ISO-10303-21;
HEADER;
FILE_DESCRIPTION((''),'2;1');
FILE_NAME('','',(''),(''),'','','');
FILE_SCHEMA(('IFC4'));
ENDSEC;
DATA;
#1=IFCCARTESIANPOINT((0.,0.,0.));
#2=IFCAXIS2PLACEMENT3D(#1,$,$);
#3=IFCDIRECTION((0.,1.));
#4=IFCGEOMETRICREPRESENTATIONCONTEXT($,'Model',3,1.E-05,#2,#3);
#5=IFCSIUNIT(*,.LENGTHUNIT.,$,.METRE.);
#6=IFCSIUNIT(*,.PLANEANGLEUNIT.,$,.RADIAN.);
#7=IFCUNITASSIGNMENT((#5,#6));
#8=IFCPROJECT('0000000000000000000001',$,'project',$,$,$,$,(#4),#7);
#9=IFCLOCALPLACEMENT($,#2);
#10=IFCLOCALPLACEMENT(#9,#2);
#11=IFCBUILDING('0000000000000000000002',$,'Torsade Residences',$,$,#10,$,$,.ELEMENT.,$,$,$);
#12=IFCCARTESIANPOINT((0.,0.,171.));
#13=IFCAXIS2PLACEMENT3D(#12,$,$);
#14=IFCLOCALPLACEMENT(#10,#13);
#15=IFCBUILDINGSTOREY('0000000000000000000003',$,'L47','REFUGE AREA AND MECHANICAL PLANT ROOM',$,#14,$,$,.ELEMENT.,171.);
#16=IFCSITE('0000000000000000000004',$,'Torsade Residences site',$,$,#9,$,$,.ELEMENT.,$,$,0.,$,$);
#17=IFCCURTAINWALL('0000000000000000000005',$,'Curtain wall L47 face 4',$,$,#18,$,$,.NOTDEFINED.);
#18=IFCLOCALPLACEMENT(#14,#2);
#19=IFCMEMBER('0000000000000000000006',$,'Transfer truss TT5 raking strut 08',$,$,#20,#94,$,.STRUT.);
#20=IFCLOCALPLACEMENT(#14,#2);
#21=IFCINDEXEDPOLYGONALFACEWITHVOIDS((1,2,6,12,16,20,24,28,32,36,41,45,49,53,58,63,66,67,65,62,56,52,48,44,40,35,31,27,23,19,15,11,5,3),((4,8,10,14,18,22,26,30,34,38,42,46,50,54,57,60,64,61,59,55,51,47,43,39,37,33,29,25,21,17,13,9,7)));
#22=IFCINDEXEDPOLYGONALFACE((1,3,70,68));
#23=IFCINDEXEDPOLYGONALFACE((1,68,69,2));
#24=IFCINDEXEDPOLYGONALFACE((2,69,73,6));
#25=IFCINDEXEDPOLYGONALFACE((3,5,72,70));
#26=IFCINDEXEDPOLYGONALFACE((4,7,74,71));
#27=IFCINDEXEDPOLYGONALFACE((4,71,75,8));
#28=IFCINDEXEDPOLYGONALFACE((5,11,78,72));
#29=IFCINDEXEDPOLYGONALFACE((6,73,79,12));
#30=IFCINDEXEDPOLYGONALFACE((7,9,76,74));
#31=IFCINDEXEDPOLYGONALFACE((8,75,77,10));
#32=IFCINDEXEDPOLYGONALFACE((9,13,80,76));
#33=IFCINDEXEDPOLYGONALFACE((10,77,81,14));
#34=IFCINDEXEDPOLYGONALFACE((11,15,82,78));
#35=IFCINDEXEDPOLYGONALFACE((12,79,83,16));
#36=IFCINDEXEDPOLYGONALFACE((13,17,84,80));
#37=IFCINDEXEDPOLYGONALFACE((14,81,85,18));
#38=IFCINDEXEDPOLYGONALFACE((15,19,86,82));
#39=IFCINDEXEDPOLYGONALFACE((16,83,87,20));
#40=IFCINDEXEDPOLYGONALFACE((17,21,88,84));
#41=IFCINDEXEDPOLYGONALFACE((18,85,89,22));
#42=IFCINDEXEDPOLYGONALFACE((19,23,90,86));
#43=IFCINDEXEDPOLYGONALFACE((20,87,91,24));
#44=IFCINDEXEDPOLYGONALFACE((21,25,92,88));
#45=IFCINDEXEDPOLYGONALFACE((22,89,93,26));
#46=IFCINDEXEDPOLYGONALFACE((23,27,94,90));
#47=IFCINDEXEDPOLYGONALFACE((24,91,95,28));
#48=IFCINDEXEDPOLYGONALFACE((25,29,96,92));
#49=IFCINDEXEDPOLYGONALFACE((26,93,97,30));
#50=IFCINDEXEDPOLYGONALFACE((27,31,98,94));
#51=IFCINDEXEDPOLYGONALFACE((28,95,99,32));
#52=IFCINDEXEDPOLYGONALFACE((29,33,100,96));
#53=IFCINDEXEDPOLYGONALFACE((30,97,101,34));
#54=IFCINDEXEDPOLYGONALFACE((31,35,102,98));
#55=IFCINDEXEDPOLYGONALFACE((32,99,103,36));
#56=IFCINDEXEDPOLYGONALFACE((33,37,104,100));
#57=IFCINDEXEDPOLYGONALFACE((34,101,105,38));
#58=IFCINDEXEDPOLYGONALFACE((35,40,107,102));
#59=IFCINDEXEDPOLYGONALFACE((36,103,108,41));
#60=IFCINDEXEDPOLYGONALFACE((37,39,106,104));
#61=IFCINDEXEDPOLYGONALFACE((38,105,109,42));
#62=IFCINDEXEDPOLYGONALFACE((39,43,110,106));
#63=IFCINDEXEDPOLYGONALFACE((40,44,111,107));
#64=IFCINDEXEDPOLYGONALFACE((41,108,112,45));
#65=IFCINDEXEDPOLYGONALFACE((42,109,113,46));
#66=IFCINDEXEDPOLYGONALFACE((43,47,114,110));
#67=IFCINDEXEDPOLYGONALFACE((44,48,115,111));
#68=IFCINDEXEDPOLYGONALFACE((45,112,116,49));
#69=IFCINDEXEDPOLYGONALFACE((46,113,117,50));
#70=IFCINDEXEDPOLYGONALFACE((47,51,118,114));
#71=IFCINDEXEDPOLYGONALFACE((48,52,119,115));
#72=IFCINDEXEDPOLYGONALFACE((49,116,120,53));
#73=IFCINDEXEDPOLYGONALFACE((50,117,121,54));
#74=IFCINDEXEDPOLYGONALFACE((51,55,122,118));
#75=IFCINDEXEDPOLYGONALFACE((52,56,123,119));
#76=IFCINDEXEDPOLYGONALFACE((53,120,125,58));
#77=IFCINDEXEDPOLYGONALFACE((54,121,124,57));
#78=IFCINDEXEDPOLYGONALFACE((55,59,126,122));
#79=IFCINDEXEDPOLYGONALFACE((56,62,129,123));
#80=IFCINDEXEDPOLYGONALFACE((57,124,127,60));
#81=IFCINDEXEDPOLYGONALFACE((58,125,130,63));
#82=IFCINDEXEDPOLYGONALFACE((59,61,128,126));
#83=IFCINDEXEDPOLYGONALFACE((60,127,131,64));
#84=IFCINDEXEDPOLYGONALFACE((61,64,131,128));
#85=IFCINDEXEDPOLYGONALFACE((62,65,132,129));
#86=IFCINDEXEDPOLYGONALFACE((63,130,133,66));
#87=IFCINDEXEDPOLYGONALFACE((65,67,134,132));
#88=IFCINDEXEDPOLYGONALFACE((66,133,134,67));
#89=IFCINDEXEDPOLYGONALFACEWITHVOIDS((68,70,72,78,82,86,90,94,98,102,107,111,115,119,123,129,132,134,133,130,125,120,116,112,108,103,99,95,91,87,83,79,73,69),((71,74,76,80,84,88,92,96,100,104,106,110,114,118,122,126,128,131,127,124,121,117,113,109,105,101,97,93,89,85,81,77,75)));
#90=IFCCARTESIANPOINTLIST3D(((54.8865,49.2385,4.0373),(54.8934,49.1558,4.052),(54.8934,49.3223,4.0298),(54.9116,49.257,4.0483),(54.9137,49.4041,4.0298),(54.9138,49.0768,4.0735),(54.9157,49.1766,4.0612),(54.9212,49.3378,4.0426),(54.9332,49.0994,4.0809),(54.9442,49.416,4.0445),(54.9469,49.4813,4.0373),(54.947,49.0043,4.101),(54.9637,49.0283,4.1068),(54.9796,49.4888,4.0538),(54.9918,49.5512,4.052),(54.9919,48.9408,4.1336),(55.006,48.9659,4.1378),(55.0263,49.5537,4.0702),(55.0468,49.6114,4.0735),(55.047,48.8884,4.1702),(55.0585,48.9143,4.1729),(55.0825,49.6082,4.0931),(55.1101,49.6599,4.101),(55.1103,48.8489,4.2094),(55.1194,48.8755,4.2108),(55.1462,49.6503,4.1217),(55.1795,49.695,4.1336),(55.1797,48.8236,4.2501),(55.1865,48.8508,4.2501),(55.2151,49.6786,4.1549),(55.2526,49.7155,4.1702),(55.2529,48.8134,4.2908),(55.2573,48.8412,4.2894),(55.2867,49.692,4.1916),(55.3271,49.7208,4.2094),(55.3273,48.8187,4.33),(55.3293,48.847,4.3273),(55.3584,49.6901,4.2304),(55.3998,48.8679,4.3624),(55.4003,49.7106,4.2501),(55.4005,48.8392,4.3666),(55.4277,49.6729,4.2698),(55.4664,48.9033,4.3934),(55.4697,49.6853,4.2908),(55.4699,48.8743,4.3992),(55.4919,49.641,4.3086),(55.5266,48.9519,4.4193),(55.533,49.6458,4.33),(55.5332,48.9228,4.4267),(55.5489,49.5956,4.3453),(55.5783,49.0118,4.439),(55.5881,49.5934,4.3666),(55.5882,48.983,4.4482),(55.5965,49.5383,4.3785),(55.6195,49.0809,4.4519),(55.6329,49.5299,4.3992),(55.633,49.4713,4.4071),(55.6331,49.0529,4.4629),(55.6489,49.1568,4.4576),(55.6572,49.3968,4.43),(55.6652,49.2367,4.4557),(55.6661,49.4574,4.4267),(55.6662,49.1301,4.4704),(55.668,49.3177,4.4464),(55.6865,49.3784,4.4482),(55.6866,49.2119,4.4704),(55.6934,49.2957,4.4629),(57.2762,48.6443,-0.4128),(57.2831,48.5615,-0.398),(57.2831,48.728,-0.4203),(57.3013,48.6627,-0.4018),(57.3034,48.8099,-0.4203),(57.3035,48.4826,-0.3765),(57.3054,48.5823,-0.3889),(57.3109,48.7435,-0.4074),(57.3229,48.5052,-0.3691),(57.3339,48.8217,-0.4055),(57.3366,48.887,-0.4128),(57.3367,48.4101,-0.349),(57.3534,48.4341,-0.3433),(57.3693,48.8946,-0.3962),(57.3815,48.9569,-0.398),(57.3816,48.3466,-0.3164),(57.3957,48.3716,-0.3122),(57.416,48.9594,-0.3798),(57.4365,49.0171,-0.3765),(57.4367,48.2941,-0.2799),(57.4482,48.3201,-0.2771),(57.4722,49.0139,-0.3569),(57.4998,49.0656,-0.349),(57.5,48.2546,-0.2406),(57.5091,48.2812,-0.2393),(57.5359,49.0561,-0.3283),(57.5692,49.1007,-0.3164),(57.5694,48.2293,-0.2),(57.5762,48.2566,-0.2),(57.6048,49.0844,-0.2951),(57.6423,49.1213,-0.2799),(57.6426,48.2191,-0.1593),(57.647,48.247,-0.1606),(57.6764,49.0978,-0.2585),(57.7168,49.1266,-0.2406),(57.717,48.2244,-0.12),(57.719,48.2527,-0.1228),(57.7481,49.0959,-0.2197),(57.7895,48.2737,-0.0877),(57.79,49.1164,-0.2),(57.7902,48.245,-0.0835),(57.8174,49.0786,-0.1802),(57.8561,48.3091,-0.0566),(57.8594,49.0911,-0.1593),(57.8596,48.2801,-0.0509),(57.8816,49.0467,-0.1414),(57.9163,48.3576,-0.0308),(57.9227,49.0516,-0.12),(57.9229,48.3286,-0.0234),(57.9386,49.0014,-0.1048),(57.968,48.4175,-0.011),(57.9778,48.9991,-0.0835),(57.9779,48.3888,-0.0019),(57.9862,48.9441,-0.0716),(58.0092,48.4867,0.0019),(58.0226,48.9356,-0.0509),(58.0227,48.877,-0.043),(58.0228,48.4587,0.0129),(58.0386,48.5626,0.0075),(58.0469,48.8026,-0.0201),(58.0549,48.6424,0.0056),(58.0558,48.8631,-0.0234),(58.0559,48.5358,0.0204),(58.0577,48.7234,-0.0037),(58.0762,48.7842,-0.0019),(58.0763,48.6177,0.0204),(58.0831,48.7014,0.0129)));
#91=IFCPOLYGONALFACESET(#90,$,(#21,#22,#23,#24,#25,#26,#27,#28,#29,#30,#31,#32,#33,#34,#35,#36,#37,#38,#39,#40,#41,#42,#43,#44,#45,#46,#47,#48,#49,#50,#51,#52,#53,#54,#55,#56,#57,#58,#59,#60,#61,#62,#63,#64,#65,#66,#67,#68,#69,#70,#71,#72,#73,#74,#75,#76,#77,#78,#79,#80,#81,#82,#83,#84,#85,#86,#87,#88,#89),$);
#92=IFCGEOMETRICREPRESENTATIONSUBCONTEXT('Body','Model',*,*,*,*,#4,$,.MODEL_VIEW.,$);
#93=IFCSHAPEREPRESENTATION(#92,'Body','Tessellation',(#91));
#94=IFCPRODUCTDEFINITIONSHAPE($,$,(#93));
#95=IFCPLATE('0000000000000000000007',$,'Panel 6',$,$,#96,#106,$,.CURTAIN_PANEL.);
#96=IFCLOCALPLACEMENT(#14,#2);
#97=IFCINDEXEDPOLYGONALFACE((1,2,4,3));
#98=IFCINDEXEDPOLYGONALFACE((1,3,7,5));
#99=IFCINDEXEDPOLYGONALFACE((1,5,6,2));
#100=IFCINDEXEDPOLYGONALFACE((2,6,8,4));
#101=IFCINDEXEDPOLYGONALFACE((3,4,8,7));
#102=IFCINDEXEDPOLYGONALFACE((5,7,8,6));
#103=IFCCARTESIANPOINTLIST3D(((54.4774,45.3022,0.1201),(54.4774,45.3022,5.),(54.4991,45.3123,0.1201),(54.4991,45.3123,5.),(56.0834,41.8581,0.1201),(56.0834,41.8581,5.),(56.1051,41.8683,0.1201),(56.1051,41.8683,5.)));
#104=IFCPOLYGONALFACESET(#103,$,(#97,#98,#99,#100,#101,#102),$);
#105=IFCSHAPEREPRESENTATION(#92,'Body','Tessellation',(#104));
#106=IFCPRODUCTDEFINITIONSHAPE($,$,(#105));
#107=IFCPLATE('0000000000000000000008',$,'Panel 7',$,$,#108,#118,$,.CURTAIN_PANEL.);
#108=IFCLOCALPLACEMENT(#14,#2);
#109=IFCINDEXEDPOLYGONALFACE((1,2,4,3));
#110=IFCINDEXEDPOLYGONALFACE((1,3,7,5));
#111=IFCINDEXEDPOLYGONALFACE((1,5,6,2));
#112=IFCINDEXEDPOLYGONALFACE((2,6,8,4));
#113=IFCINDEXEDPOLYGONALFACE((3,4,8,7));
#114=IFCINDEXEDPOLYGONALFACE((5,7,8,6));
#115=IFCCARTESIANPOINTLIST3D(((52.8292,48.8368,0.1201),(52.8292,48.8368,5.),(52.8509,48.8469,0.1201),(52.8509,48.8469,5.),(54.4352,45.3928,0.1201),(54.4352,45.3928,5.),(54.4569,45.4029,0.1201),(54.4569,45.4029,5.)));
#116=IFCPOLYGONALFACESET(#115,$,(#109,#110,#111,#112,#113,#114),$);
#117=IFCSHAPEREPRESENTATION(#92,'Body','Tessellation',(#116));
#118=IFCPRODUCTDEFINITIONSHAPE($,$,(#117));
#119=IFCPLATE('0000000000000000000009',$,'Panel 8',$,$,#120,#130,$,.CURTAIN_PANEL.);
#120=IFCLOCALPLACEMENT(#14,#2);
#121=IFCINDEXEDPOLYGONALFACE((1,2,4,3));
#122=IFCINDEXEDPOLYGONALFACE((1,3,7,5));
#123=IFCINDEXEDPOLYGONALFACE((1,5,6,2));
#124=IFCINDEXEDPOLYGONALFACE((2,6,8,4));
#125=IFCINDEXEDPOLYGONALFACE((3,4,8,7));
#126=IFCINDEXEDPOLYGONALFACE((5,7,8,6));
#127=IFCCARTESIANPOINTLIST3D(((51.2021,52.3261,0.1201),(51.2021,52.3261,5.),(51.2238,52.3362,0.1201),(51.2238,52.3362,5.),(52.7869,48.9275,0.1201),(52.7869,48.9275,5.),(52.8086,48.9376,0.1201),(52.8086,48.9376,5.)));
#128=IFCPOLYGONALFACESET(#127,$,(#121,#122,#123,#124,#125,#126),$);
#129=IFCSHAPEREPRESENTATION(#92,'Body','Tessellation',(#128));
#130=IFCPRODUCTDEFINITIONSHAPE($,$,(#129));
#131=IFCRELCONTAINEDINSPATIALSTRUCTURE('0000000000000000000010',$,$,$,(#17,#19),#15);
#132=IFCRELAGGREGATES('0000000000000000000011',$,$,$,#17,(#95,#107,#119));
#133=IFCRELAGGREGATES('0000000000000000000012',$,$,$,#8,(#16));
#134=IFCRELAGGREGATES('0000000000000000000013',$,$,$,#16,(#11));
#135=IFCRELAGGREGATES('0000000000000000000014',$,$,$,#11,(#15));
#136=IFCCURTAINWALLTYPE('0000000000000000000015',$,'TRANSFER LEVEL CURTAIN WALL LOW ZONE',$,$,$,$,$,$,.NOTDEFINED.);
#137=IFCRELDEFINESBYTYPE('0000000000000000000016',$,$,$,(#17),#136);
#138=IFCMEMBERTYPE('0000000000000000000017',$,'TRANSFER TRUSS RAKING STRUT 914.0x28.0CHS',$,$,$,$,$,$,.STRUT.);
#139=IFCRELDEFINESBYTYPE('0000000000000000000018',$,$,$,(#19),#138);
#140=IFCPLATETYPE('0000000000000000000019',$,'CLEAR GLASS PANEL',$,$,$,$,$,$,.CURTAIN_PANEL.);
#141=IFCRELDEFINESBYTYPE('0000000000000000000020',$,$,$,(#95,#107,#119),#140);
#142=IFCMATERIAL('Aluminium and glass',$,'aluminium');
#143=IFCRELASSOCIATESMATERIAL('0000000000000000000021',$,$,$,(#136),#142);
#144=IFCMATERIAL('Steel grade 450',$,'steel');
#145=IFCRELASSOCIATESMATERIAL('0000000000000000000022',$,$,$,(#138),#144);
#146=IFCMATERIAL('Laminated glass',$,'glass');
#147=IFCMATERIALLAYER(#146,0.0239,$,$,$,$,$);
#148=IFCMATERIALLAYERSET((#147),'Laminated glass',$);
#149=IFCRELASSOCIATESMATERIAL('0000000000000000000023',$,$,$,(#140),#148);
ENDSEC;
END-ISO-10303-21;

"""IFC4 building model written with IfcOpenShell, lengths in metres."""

from ifc_helpers import new_model, si_unit, direction, frame, origin, origin_2d, place, context, subcontext, project, spatial, rectangle, hollow_circle, extrude, material, layer, layer_set, material_profile, profile_set, type_object, element, aggregate, save


model = new_model("IFC4")

# Units and contexts
model_context = context("Model", 3, precision=1e-05, world=origin(), true_north=direction((0.0, 1.0)))
body_context = subcontext(model_context, "Body", "Model", "MODEL_VIEW")
ifc_project = project(units=[si_unit("LENGTHUNIT", "METRE"), si_unit("PLANEANGLEUNIT", "RADIAN")], contexts=[model_context])

# Site, building, storey
site_placement = place(None, origin())
site = spatial("IfcSite", under=ifc_project, at=site_placement, Name="Torsade Residences site", CompositionType="ELEMENT", RefElevation=0.0)
building_placement = place(site_placement, origin())
building = spatial("IfcBuilding", under=site, at=building_placement, Name="Torsade Residences", CompositionType="ELEMENT")
storey_placement = place(building_placement, frame((0.0, 0.0, 171.0)))
storey = spatial("IfcBuildingStorey", under=building, at=storey_placement, Name="L47", Description="REFUGE AREA AND MECHANICAL PLANT ROOM", CompositionType="ELEMENT", Elevation=171.0)

# Curtain wall
ifc_material_1 = material(Name="Aluminium and glass", Category="aluminium")
curtain_wall_type = type_object("IfcCurtainWallType", Name="TRANSFER LEVEL CURTAIN WALL LOW ZONE", PredefinedType="NOTDEFINED", material=ifc_material_1)
curtain_wall_1_placement = place(storey_placement, origin())
curtain_wall_1 = element("IfcCurtainWall", 1, at=curtain_wall_1_placement, inside=storey, type_object=curtain_wall_type, Name="Curtain wall L47 face 4", PredefinedType="NOTDEFINED")

# Member
ifc_material_2 = material(Name="Steel grade 450", Category="steel")
ifc_material_profile_1 = material_profile(ifc_material_2, hollow_circle(Radius=0.457, WallThickness=0.0281, at=origin_2d()), Name="914.0x28.0CHS")
ifc_profile_set_1 = profile_set([ifc_material_profile_1], Name="Steel grade 450")
member_type_1 = type_object("IfcMemberType", Name="TRANSFER TRUSS RAKING STRUT 914.0x28.0CHS", PredefinedType="STRUT", material=ifc_profile_set_1)
member_1_placement = place(storey_placement, frame((57.6797, 48.6729, -0.2), z_axis=(-0.469865, 0.116842, 0.874972), x_axis=(-0.241322, -0.970445, 0.0)))
element("IfcMember", 2, at=member_1_placement, inside=storey, type_object=member_type_1, Name="Transfer truss TT5 raking strut 08", PredefinedType="STRUT", context=body_context, shape_type="SweptSolid", body=[
    extrude(hollow_circle(Radius=0.457, WallThickness=0.0281, at=origin_2d()), origin(), (0.0, 0.0, 1.0), 5.0859),
])

# Plates
ifc_material_3 = material(Name="Laminated glass", Category="glass")
ifc_layer_1 = layer(ifc_material_3, 0.0239)
ifc_layer_set_1 = layer_set([ifc_layer_1], Name="Laminated glass")
plate_type = type_object("IfcPlateType", Name="CLEAR GLASS PANEL", PredefinedType="CURTAIN_PANEL", material=ifc_layer_set_1)
plate_1_placement = place(storey_placement, frame((55.2913, 43.5852, 0.1201), z_axis=(0.0, 0.0, 1.0), x_axis=(-0.422618, 0.906308, 0.0)))
plate_1 = element("IfcPlate", 3, at=plate_1_placement, type_object=plate_type, Name="Panel 6", PredefinedType="CURTAIN_PANEL", context=body_context, shape_type="SweptSolid", body=[
    extrude(rectangle(XDim=3.8, YDim=0.0239, at=origin_2d()), origin(), (0.0, 0.0, 1.0), 4.8799),
])
plate_2_placement = place(storey_placement, frame((53.6431, 47.1199, 0.1201), z_axis=(0.0, 0.0, 1.0), x_axis=(-0.422618, 0.906308, 0.0)))
plate_2 = element("IfcPlate", 4, at=plate_2_placement, type_object=plate_type, Name="Panel 7", PredefinedType="CURTAIN_PANEL", context=body_context, shape_type="SweptSolid", body=[
    extrude(rectangle(XDim=3.8, YDim=0.0239, at=origin_2d()), origin(), (0.0, 0.0, 1.0), 4.8799),
])
plate_3_placement = place(storey_placement, frame((52.0054, 50.6318, 0.1201), z_axis=(0.0, 0.0, 1.0), x_axis=(-0.422618, 0.906308, 0.0)))
plate_3 = element("IfcPlate", 5, at=plate_3_placement, type_object=plate_type, Name="Panel 8", PredefinedType="CURTAIN_PANEL", context=body_context, shape_type="SweptSolid", body=[
    extrude(rectangle(XDim=3.75, YDim=0.0239, at=origin_2d()), origin(), (0.0, 0.0, 1.0), 4.8799),
])
aggregate(curtain_wall_1, [plate_1, plate_2, plate_3])

save(model, "model.ifc")
